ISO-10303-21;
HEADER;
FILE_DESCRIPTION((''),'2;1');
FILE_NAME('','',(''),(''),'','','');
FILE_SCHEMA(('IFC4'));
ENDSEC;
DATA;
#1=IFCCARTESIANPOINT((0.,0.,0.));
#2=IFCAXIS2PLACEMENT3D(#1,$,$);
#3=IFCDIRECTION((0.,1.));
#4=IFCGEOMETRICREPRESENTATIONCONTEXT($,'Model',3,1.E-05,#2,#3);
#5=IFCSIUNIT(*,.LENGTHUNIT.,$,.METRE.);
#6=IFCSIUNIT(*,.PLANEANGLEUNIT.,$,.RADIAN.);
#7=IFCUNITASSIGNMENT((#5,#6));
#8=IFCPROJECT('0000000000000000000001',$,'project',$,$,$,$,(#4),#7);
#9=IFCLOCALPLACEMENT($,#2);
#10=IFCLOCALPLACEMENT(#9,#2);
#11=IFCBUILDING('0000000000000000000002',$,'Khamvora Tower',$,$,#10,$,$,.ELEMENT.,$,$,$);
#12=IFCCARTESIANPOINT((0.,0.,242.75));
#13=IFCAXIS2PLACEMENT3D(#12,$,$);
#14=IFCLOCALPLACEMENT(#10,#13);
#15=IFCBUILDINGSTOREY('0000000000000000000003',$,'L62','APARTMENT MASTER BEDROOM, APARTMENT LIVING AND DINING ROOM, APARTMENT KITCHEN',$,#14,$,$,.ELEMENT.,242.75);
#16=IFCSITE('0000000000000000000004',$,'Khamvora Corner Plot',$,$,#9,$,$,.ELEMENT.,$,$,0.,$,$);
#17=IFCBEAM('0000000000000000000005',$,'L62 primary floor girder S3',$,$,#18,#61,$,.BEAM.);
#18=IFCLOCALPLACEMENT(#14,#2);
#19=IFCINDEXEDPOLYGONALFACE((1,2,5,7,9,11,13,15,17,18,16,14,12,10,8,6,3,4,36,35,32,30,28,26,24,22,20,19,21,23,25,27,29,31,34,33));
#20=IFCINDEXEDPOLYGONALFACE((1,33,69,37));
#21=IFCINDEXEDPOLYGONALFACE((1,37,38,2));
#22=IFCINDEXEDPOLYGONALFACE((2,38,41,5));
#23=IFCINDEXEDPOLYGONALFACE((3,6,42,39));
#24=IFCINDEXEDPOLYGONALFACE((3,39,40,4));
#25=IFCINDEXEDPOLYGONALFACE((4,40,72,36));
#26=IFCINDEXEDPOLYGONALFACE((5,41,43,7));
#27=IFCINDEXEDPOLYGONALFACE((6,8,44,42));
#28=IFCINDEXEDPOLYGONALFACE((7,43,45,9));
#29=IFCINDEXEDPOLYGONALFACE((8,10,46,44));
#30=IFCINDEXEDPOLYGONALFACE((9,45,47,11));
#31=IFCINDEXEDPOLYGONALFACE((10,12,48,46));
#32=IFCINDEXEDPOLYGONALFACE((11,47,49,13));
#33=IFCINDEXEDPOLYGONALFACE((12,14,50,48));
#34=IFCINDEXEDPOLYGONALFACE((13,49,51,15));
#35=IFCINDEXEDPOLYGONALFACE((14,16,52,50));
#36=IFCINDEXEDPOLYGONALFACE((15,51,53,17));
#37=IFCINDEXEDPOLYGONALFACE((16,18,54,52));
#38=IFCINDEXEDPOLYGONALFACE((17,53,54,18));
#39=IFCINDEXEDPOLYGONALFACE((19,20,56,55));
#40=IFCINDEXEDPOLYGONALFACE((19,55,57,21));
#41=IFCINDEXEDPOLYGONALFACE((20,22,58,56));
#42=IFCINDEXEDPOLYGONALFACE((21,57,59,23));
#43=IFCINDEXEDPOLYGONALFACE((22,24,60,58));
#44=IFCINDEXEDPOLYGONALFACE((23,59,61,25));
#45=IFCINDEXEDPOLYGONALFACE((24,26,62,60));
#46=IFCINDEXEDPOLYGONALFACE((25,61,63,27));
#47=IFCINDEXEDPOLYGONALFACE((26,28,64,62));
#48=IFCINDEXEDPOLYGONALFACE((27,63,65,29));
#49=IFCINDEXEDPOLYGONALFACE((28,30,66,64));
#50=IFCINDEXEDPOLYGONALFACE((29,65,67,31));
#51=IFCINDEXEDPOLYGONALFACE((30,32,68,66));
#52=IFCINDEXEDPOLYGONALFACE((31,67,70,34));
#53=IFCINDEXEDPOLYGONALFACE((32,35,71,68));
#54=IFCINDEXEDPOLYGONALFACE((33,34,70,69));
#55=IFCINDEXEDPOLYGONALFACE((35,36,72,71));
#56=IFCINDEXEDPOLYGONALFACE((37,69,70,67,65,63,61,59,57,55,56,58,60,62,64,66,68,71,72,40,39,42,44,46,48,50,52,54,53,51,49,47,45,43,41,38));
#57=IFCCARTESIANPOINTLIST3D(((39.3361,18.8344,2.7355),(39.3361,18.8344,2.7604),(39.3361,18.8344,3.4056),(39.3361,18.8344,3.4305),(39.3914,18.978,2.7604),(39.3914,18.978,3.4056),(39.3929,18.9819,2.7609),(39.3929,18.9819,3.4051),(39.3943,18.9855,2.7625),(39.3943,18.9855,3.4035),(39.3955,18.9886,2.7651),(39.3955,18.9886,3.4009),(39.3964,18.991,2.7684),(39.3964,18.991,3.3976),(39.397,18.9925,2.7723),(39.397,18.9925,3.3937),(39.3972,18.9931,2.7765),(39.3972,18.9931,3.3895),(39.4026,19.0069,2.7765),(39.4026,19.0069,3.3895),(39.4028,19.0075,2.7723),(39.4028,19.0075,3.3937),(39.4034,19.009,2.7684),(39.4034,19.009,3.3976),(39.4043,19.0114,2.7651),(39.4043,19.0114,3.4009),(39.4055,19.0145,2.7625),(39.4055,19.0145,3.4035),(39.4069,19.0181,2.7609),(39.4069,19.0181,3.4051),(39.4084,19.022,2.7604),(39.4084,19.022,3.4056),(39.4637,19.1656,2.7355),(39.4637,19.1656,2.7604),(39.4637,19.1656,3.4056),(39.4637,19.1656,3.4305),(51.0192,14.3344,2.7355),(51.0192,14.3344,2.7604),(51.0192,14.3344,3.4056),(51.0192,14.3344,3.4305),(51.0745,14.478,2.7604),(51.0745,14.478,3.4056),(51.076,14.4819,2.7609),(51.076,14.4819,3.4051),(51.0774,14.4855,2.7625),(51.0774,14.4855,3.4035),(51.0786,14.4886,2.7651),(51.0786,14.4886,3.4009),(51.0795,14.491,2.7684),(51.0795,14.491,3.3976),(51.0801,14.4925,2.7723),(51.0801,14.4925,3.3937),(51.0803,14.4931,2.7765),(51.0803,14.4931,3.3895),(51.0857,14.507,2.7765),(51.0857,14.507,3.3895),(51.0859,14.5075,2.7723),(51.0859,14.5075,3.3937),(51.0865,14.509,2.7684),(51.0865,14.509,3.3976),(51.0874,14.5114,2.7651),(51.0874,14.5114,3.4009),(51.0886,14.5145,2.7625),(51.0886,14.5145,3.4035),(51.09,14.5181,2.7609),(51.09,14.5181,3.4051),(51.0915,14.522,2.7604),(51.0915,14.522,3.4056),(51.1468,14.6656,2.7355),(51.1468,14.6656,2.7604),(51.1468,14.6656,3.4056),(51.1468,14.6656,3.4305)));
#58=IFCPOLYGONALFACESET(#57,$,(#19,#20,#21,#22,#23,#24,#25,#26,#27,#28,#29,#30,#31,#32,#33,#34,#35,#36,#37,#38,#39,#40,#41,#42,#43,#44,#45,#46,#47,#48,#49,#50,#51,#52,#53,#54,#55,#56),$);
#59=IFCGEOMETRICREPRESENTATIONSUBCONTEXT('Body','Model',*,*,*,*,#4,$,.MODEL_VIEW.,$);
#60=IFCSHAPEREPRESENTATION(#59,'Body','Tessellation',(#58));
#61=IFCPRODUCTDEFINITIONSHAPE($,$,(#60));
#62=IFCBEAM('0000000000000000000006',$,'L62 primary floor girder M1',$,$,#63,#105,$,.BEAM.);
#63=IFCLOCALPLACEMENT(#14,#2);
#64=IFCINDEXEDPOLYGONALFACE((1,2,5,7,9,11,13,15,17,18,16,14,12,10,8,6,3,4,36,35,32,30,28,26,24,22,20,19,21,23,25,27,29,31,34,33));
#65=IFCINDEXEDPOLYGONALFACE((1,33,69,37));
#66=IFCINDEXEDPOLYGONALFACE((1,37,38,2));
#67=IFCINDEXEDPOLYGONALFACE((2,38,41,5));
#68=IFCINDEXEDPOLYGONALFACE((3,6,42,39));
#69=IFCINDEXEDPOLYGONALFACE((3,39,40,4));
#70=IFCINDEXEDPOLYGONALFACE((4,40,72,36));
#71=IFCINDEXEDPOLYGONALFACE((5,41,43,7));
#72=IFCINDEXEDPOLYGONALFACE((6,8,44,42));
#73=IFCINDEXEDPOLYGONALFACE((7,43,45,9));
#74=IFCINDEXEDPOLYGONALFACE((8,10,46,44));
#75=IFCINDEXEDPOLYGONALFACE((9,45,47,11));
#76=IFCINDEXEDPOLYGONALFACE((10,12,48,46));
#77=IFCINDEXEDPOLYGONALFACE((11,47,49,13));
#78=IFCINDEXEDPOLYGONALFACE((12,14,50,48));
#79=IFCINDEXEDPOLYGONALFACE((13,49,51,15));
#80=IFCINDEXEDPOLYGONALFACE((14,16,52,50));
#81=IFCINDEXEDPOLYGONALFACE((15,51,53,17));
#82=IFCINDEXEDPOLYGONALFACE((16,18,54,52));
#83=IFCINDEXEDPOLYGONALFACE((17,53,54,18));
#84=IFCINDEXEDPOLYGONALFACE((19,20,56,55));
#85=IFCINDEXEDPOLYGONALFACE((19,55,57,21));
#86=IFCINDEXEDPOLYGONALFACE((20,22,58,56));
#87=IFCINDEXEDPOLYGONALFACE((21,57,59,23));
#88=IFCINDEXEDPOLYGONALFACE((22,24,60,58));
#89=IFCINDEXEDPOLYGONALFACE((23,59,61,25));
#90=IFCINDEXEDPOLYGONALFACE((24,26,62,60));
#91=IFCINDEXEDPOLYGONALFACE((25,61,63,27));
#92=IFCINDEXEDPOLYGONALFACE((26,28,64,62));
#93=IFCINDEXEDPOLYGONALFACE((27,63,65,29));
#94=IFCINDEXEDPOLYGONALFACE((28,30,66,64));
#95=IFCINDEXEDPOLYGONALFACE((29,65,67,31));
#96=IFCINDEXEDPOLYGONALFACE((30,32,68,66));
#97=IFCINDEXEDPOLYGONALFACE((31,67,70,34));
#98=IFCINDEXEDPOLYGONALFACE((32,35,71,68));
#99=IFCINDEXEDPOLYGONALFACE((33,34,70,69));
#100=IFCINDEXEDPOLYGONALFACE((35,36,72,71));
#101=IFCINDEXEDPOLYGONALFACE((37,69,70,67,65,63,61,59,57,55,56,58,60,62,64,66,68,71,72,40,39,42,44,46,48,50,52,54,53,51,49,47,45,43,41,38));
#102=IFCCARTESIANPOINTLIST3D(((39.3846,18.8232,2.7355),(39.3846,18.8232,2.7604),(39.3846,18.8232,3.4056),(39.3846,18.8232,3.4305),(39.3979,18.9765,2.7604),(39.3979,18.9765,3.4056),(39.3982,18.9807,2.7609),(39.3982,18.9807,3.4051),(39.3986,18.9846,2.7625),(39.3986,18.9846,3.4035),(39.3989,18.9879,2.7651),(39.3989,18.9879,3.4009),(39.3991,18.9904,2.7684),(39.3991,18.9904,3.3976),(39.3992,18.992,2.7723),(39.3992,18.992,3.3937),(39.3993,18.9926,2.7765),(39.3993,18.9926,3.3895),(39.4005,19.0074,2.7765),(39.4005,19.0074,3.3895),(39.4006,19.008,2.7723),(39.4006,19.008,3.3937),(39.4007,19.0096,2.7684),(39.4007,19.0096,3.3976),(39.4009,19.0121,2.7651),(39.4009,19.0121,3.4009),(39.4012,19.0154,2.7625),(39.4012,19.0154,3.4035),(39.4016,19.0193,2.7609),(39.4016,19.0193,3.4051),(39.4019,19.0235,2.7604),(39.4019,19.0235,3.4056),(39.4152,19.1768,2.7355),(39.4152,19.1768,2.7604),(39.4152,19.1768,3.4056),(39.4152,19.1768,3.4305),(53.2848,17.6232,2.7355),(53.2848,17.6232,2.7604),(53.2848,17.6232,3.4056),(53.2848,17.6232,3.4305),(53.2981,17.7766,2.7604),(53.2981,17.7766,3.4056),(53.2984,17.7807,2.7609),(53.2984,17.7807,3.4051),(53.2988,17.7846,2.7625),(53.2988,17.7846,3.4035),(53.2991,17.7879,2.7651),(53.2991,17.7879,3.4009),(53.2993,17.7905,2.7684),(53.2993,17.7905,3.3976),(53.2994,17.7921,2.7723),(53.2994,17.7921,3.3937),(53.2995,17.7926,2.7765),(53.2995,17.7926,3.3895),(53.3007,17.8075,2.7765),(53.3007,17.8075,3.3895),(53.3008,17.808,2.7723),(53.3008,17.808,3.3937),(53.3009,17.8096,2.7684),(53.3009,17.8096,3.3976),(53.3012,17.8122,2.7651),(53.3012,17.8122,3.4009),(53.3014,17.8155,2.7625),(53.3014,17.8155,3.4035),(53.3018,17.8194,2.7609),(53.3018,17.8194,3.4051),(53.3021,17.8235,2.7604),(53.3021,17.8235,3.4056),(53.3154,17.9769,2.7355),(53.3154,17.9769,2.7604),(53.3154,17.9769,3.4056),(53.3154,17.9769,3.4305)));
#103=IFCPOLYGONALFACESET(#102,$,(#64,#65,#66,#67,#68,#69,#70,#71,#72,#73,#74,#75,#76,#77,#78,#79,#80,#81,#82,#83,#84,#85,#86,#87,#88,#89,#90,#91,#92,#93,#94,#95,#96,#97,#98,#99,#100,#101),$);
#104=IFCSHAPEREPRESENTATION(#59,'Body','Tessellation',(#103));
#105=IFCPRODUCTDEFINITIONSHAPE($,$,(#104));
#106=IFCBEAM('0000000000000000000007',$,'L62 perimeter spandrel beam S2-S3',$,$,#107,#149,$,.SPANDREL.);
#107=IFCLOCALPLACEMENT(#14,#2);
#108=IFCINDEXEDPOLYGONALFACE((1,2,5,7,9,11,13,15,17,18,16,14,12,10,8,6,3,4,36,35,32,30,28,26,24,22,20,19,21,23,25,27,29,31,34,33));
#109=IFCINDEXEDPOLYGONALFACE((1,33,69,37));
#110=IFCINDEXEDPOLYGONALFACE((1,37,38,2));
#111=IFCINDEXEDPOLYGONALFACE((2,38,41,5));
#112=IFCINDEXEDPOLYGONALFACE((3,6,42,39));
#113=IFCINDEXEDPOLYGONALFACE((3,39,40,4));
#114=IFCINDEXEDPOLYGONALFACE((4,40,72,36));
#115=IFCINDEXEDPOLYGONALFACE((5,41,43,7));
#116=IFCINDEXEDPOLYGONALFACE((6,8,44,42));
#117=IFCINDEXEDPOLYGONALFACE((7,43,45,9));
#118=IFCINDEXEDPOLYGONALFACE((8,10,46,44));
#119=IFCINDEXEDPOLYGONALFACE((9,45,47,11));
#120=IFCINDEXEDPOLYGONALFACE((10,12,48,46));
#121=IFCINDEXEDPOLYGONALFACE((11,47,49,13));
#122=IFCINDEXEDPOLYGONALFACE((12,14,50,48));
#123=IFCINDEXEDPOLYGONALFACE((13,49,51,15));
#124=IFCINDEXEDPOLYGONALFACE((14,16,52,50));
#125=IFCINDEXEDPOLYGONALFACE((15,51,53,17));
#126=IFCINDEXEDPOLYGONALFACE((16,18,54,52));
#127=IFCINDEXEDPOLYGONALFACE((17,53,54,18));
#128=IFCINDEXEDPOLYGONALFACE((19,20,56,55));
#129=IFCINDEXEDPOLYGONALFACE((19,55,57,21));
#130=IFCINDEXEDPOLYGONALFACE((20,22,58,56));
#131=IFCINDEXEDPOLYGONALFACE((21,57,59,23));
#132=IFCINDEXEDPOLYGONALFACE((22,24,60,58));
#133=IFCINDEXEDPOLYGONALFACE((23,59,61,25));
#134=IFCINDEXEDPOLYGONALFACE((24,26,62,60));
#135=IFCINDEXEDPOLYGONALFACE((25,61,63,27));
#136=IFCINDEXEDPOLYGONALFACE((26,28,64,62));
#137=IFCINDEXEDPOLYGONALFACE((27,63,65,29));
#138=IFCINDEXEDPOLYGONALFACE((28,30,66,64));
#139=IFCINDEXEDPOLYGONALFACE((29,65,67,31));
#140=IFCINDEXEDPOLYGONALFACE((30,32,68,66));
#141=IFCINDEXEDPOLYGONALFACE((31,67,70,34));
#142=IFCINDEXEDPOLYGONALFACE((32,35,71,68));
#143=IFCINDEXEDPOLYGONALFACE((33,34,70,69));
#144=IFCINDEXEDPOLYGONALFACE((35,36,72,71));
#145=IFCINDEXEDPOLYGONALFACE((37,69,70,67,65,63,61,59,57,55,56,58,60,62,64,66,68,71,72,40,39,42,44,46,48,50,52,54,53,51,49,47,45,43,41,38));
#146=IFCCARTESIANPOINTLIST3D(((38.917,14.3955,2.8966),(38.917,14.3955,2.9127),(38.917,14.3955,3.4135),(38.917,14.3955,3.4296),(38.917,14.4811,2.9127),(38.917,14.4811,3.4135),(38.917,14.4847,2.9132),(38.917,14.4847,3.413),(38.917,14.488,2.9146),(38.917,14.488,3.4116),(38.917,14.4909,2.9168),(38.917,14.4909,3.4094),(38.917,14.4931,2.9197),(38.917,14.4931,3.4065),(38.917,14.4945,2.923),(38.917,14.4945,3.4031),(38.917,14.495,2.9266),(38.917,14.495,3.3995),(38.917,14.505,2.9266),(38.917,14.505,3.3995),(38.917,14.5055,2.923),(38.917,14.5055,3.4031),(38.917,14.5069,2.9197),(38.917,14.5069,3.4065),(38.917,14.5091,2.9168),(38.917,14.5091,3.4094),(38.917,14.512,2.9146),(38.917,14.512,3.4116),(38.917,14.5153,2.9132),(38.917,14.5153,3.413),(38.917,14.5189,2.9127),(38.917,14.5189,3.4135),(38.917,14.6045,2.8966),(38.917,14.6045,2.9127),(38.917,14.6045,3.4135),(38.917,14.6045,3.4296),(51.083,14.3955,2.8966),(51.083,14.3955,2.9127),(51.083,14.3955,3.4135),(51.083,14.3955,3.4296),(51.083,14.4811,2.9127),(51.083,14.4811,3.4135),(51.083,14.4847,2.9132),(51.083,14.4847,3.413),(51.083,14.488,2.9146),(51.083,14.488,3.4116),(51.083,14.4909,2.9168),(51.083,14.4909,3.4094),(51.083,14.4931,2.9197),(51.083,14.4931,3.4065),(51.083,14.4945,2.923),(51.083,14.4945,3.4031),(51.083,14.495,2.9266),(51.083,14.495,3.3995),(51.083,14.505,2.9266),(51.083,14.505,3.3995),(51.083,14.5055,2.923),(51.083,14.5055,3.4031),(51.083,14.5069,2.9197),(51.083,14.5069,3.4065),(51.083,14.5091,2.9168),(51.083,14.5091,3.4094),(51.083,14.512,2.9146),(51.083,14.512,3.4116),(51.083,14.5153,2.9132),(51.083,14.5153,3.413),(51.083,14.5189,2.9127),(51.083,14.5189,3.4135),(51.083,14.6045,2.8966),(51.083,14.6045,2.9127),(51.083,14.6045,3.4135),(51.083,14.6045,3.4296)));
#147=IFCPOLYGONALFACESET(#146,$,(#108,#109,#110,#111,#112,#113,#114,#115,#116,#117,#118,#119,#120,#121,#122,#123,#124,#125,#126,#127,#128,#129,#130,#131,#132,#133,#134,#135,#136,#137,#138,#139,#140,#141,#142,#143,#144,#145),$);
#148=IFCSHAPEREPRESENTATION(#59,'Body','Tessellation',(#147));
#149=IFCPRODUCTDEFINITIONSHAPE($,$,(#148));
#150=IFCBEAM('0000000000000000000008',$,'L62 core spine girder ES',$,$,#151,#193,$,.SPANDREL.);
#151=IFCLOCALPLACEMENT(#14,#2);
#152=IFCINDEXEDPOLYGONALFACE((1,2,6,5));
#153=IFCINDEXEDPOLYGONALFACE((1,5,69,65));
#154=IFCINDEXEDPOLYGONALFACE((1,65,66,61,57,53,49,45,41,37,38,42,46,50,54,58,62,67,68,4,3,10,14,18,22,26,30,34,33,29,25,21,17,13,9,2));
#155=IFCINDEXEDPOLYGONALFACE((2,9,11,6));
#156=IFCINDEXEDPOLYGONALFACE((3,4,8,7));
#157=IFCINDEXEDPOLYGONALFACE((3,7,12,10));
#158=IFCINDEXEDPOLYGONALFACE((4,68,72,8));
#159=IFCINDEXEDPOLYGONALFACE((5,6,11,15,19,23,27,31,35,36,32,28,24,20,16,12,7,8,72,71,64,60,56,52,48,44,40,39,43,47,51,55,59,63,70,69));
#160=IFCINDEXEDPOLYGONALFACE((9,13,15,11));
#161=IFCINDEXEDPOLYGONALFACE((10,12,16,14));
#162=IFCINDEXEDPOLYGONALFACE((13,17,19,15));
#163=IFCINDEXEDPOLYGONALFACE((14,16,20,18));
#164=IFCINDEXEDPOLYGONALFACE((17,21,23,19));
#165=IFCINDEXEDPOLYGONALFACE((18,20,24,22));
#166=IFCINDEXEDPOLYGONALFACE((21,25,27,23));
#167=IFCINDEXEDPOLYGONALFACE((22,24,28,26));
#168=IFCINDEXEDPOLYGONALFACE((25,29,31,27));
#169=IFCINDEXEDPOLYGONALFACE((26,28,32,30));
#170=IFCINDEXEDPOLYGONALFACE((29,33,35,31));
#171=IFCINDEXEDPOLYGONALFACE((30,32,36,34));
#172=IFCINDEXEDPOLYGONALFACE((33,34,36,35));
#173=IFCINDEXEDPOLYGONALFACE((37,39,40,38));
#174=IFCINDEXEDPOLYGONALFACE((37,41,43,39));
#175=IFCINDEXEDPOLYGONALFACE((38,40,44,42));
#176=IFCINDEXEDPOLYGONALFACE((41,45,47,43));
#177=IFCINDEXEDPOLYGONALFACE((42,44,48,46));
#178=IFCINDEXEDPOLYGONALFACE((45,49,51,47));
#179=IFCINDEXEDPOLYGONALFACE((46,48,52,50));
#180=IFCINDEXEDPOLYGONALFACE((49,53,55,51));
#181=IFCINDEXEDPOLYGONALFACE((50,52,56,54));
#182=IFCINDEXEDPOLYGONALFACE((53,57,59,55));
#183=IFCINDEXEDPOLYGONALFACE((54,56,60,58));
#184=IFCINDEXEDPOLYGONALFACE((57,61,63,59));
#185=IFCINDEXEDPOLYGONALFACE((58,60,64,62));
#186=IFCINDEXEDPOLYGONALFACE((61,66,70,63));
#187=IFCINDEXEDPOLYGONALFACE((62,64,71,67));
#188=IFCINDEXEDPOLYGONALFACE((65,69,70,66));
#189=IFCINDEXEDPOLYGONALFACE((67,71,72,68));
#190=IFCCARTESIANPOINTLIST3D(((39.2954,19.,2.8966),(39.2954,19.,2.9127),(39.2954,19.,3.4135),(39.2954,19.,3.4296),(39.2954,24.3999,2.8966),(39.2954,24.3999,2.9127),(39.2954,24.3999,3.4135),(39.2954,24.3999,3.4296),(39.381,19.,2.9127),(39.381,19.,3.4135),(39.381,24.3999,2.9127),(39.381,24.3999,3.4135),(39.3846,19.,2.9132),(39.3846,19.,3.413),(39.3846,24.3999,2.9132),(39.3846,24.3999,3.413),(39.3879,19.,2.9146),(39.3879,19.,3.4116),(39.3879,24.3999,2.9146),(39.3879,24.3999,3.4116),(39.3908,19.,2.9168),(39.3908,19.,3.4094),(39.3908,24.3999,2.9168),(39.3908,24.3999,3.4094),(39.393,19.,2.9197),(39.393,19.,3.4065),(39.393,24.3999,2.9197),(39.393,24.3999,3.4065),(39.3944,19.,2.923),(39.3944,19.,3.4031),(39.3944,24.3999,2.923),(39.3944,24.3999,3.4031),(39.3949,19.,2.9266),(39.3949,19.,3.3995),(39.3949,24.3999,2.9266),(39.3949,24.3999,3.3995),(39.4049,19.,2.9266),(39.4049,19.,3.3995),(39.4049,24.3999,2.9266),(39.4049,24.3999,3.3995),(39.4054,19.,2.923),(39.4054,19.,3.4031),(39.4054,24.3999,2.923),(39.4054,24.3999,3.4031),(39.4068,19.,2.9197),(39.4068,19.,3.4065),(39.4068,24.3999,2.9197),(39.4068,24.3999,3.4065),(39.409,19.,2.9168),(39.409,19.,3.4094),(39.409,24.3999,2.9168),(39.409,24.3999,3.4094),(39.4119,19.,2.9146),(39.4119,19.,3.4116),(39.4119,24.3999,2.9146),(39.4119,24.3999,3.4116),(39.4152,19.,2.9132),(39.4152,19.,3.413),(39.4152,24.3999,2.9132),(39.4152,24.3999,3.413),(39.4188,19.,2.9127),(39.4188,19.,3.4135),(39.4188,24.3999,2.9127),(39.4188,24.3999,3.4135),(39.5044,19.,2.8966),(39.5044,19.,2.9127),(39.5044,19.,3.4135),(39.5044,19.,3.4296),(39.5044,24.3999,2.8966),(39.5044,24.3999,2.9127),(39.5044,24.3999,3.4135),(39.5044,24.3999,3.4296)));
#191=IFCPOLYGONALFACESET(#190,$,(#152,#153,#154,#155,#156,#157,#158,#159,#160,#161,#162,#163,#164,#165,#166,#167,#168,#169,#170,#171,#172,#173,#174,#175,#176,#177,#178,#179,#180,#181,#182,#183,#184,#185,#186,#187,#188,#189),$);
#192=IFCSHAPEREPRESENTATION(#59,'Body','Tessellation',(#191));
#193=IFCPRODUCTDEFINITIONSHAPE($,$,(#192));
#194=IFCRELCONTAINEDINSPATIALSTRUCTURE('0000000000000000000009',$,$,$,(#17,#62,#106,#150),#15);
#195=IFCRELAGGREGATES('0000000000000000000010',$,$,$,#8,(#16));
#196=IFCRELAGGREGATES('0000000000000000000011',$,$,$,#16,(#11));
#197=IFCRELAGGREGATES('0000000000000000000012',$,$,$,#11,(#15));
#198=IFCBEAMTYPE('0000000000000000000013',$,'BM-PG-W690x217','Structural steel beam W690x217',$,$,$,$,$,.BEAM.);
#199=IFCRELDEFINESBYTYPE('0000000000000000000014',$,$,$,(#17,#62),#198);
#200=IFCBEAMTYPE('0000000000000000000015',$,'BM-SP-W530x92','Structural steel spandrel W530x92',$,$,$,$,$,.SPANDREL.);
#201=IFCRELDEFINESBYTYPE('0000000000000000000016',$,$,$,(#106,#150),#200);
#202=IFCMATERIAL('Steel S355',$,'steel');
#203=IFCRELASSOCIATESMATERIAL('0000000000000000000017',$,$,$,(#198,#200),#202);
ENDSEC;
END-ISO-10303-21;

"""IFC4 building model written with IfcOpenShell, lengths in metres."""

from ifc_helpers import new_model, si_unit, direction, frame, origin, origin_2d, place, context, subcontext, project, spatial, i_section, extrude, material, material_profile, profile_set, type_object, element, save


model = new_model("IFC4")

# Units and contexts
model_context = context("Model", 3, precision=1e-05, world=origin(), true_north=direction((0.0, 1.0)))
body_context = subcontext(model_context, "Body", "Model", "MODEL_VIEW")
ifc_project = project(units=[si_unit("LENGTHUNIT", "METRE"), si_unit("PLANEANGLEUNIT", "RADIAN")], contexts=[model_context])

# Site, building, storey
site_placement = place(None, origin())
site = spatial("IfcSite", under=ifc_project, at=site_placement, Name="Khamvora Corner Plot", CompositionType="ELEMENT", RefElevation=0.0)
building_placement = place(site_placement, origin())
building = spatial("IfcBuilding", under=site, at=building_placement, Name="Khamvora Tower", CompositionType="ELEMENT")
storey_placement = place(building_placement, frame((0.0, 0.0, 242.75)))
storey = spatial("IfcBuildingStorey", under=building, at=storey_placement, Name="L62", Description="APARTMENT MASTER BEDROOM, APARTMENT LIVING AND DINING ROOM, APARTMENT KITCHEN", CompositionType="ELEMENT", Elevation=242.75)

# Shared definitions
ifc_material_1 = material(Name="Steel S355", Category="steel")

# Beams
ifc_material_profile_1 = material_profile(ifc_material_1, i_section(OverallWidth=0.355, OverallDepth=0.6951, WebThickness=0.0149, FlangeThickness=0.0249, FilletRadius=0.0161, at=origin_2d()), Name="W690x217")
ifc_profile_set_1 = profile_set([ifc_material_profile_1], Name="Steel S355")
beam_type_1 = type_object("IfcBeamType", Name="BM-PG-W690x217", Description="Structural steel beam W690x217", PredefinedType="BEAM", material=ifc_profile_set_1)
beam_1_placement = place(storey_placement, frame((39.3999, 19.0, 3.083), z_axis=(0.933172, -0.359431, 0.0), x_axis=(0.359431, 0.933172, 0.0)))
element("IfcBeam", 1, at=beam_1_placement, inside=storey, type_object=beam_type_1, Name="L62 primary floor girder S3", PredefinedType="BEAM", context=body_context, shape_type="SweptSolid", body=[
    extrude(i_section(OverallWidth=0.355, OverallDepth=0.6951, WebThickness=0.0149, FlangeThickness=0.0249, FilletRadius=0.0161, at=origin_2d()), origin(), (0.0, 0.0, 1.0), 12.5198),
])
beam_2_placement = place(storey_placement, frame((39.3999, 19.0, 3.083), z_axis=(0.996295, -0.086007, 0.0), x_axis=(0.086007, 0.996295, 0.0)))
element("IfcBeam", 2, at=beam_2_placement, inside=storey, type_object=beam_type_1, Name="L62 primary floor girder M1", PredefinedType="BEAM", context=body_context, shape_type="SweptSolid", body=[
    extrude(i_section(OverallWidth=0.355, OverallDepth=0.6951, WebThickness=0.0149, FlangeThickness=0.0249, FilletRadius=0.0161, at=origin_2d()), origin(), (0.0, 0.0, 1.0), 13.9519),
])
ifc_material_profile_2 = material_profile(ifc_material_1, i_section(OverallWidth=0.209, OverallDepth=0.533, WebThickness=0.01, FlangeThickness=0.0161, FilletRadius=0.0139, at=origin_2d()), Name="W530x92")
ifc_profile_set_2 = profile_set([ifc_material_profile_2], Name="Steel S355")
beam_type_2 = type_object("IfcBeamType", Name="BM-SP-W530x92", Description="Structural steel spandrel W530x92", PredefinedType="SPANDREL", material=ifc_profile_set_2)
beam_3_placement = place(storey_placement, frame((38.917, 14.5, 3.1631), z_axis=(1.0, 0.0, 0.0), x_axis=(0.0, 1.0, 0.0)))
element("IfcBeam", 3, at=beam_3_placement, inside=storey, type_object=beam_type_2, Name="L62 perimeter spandrel beam S2-S3", PredefinedType="SPANDREL", context=body_context, shape_type="SweptSolid", body=[
    extrude(i_section(OverallWidth=0.209, OverallDepth=0.533, WebThickness=0.01, FlangeThickness=0.0161, FilletRadius=0.0139, at=origin_2d()), origin(), (0.0, 0.0, 1.0), 12.166),
])
beam_4_placement = place(storey_placement, frame((39.3999, 19.0, 3.1631), z_axis=(0.0, 1.0, 0.0), x_axis=(-1.0, 0.0, 0.0)))
element("IfcBeam", 4, at=beam_4_placement, inside=storey, type_object=beam_type_2, Name="L62 core spine girder ES", PredefinedType="SPANDREL", context=body_context, shape_type="SweptSolid", body=[
    extrude(i_section(OverallWidth=0.209, OverallDepth=0.533, WebThickness=0.01, FlangeThickness=0.0161, FilletRadius=0.0139, at=origin_2d()), origin(), (0.0, 0.0, 1.0), 5.3999),
])

save(model, "model.ifc")
